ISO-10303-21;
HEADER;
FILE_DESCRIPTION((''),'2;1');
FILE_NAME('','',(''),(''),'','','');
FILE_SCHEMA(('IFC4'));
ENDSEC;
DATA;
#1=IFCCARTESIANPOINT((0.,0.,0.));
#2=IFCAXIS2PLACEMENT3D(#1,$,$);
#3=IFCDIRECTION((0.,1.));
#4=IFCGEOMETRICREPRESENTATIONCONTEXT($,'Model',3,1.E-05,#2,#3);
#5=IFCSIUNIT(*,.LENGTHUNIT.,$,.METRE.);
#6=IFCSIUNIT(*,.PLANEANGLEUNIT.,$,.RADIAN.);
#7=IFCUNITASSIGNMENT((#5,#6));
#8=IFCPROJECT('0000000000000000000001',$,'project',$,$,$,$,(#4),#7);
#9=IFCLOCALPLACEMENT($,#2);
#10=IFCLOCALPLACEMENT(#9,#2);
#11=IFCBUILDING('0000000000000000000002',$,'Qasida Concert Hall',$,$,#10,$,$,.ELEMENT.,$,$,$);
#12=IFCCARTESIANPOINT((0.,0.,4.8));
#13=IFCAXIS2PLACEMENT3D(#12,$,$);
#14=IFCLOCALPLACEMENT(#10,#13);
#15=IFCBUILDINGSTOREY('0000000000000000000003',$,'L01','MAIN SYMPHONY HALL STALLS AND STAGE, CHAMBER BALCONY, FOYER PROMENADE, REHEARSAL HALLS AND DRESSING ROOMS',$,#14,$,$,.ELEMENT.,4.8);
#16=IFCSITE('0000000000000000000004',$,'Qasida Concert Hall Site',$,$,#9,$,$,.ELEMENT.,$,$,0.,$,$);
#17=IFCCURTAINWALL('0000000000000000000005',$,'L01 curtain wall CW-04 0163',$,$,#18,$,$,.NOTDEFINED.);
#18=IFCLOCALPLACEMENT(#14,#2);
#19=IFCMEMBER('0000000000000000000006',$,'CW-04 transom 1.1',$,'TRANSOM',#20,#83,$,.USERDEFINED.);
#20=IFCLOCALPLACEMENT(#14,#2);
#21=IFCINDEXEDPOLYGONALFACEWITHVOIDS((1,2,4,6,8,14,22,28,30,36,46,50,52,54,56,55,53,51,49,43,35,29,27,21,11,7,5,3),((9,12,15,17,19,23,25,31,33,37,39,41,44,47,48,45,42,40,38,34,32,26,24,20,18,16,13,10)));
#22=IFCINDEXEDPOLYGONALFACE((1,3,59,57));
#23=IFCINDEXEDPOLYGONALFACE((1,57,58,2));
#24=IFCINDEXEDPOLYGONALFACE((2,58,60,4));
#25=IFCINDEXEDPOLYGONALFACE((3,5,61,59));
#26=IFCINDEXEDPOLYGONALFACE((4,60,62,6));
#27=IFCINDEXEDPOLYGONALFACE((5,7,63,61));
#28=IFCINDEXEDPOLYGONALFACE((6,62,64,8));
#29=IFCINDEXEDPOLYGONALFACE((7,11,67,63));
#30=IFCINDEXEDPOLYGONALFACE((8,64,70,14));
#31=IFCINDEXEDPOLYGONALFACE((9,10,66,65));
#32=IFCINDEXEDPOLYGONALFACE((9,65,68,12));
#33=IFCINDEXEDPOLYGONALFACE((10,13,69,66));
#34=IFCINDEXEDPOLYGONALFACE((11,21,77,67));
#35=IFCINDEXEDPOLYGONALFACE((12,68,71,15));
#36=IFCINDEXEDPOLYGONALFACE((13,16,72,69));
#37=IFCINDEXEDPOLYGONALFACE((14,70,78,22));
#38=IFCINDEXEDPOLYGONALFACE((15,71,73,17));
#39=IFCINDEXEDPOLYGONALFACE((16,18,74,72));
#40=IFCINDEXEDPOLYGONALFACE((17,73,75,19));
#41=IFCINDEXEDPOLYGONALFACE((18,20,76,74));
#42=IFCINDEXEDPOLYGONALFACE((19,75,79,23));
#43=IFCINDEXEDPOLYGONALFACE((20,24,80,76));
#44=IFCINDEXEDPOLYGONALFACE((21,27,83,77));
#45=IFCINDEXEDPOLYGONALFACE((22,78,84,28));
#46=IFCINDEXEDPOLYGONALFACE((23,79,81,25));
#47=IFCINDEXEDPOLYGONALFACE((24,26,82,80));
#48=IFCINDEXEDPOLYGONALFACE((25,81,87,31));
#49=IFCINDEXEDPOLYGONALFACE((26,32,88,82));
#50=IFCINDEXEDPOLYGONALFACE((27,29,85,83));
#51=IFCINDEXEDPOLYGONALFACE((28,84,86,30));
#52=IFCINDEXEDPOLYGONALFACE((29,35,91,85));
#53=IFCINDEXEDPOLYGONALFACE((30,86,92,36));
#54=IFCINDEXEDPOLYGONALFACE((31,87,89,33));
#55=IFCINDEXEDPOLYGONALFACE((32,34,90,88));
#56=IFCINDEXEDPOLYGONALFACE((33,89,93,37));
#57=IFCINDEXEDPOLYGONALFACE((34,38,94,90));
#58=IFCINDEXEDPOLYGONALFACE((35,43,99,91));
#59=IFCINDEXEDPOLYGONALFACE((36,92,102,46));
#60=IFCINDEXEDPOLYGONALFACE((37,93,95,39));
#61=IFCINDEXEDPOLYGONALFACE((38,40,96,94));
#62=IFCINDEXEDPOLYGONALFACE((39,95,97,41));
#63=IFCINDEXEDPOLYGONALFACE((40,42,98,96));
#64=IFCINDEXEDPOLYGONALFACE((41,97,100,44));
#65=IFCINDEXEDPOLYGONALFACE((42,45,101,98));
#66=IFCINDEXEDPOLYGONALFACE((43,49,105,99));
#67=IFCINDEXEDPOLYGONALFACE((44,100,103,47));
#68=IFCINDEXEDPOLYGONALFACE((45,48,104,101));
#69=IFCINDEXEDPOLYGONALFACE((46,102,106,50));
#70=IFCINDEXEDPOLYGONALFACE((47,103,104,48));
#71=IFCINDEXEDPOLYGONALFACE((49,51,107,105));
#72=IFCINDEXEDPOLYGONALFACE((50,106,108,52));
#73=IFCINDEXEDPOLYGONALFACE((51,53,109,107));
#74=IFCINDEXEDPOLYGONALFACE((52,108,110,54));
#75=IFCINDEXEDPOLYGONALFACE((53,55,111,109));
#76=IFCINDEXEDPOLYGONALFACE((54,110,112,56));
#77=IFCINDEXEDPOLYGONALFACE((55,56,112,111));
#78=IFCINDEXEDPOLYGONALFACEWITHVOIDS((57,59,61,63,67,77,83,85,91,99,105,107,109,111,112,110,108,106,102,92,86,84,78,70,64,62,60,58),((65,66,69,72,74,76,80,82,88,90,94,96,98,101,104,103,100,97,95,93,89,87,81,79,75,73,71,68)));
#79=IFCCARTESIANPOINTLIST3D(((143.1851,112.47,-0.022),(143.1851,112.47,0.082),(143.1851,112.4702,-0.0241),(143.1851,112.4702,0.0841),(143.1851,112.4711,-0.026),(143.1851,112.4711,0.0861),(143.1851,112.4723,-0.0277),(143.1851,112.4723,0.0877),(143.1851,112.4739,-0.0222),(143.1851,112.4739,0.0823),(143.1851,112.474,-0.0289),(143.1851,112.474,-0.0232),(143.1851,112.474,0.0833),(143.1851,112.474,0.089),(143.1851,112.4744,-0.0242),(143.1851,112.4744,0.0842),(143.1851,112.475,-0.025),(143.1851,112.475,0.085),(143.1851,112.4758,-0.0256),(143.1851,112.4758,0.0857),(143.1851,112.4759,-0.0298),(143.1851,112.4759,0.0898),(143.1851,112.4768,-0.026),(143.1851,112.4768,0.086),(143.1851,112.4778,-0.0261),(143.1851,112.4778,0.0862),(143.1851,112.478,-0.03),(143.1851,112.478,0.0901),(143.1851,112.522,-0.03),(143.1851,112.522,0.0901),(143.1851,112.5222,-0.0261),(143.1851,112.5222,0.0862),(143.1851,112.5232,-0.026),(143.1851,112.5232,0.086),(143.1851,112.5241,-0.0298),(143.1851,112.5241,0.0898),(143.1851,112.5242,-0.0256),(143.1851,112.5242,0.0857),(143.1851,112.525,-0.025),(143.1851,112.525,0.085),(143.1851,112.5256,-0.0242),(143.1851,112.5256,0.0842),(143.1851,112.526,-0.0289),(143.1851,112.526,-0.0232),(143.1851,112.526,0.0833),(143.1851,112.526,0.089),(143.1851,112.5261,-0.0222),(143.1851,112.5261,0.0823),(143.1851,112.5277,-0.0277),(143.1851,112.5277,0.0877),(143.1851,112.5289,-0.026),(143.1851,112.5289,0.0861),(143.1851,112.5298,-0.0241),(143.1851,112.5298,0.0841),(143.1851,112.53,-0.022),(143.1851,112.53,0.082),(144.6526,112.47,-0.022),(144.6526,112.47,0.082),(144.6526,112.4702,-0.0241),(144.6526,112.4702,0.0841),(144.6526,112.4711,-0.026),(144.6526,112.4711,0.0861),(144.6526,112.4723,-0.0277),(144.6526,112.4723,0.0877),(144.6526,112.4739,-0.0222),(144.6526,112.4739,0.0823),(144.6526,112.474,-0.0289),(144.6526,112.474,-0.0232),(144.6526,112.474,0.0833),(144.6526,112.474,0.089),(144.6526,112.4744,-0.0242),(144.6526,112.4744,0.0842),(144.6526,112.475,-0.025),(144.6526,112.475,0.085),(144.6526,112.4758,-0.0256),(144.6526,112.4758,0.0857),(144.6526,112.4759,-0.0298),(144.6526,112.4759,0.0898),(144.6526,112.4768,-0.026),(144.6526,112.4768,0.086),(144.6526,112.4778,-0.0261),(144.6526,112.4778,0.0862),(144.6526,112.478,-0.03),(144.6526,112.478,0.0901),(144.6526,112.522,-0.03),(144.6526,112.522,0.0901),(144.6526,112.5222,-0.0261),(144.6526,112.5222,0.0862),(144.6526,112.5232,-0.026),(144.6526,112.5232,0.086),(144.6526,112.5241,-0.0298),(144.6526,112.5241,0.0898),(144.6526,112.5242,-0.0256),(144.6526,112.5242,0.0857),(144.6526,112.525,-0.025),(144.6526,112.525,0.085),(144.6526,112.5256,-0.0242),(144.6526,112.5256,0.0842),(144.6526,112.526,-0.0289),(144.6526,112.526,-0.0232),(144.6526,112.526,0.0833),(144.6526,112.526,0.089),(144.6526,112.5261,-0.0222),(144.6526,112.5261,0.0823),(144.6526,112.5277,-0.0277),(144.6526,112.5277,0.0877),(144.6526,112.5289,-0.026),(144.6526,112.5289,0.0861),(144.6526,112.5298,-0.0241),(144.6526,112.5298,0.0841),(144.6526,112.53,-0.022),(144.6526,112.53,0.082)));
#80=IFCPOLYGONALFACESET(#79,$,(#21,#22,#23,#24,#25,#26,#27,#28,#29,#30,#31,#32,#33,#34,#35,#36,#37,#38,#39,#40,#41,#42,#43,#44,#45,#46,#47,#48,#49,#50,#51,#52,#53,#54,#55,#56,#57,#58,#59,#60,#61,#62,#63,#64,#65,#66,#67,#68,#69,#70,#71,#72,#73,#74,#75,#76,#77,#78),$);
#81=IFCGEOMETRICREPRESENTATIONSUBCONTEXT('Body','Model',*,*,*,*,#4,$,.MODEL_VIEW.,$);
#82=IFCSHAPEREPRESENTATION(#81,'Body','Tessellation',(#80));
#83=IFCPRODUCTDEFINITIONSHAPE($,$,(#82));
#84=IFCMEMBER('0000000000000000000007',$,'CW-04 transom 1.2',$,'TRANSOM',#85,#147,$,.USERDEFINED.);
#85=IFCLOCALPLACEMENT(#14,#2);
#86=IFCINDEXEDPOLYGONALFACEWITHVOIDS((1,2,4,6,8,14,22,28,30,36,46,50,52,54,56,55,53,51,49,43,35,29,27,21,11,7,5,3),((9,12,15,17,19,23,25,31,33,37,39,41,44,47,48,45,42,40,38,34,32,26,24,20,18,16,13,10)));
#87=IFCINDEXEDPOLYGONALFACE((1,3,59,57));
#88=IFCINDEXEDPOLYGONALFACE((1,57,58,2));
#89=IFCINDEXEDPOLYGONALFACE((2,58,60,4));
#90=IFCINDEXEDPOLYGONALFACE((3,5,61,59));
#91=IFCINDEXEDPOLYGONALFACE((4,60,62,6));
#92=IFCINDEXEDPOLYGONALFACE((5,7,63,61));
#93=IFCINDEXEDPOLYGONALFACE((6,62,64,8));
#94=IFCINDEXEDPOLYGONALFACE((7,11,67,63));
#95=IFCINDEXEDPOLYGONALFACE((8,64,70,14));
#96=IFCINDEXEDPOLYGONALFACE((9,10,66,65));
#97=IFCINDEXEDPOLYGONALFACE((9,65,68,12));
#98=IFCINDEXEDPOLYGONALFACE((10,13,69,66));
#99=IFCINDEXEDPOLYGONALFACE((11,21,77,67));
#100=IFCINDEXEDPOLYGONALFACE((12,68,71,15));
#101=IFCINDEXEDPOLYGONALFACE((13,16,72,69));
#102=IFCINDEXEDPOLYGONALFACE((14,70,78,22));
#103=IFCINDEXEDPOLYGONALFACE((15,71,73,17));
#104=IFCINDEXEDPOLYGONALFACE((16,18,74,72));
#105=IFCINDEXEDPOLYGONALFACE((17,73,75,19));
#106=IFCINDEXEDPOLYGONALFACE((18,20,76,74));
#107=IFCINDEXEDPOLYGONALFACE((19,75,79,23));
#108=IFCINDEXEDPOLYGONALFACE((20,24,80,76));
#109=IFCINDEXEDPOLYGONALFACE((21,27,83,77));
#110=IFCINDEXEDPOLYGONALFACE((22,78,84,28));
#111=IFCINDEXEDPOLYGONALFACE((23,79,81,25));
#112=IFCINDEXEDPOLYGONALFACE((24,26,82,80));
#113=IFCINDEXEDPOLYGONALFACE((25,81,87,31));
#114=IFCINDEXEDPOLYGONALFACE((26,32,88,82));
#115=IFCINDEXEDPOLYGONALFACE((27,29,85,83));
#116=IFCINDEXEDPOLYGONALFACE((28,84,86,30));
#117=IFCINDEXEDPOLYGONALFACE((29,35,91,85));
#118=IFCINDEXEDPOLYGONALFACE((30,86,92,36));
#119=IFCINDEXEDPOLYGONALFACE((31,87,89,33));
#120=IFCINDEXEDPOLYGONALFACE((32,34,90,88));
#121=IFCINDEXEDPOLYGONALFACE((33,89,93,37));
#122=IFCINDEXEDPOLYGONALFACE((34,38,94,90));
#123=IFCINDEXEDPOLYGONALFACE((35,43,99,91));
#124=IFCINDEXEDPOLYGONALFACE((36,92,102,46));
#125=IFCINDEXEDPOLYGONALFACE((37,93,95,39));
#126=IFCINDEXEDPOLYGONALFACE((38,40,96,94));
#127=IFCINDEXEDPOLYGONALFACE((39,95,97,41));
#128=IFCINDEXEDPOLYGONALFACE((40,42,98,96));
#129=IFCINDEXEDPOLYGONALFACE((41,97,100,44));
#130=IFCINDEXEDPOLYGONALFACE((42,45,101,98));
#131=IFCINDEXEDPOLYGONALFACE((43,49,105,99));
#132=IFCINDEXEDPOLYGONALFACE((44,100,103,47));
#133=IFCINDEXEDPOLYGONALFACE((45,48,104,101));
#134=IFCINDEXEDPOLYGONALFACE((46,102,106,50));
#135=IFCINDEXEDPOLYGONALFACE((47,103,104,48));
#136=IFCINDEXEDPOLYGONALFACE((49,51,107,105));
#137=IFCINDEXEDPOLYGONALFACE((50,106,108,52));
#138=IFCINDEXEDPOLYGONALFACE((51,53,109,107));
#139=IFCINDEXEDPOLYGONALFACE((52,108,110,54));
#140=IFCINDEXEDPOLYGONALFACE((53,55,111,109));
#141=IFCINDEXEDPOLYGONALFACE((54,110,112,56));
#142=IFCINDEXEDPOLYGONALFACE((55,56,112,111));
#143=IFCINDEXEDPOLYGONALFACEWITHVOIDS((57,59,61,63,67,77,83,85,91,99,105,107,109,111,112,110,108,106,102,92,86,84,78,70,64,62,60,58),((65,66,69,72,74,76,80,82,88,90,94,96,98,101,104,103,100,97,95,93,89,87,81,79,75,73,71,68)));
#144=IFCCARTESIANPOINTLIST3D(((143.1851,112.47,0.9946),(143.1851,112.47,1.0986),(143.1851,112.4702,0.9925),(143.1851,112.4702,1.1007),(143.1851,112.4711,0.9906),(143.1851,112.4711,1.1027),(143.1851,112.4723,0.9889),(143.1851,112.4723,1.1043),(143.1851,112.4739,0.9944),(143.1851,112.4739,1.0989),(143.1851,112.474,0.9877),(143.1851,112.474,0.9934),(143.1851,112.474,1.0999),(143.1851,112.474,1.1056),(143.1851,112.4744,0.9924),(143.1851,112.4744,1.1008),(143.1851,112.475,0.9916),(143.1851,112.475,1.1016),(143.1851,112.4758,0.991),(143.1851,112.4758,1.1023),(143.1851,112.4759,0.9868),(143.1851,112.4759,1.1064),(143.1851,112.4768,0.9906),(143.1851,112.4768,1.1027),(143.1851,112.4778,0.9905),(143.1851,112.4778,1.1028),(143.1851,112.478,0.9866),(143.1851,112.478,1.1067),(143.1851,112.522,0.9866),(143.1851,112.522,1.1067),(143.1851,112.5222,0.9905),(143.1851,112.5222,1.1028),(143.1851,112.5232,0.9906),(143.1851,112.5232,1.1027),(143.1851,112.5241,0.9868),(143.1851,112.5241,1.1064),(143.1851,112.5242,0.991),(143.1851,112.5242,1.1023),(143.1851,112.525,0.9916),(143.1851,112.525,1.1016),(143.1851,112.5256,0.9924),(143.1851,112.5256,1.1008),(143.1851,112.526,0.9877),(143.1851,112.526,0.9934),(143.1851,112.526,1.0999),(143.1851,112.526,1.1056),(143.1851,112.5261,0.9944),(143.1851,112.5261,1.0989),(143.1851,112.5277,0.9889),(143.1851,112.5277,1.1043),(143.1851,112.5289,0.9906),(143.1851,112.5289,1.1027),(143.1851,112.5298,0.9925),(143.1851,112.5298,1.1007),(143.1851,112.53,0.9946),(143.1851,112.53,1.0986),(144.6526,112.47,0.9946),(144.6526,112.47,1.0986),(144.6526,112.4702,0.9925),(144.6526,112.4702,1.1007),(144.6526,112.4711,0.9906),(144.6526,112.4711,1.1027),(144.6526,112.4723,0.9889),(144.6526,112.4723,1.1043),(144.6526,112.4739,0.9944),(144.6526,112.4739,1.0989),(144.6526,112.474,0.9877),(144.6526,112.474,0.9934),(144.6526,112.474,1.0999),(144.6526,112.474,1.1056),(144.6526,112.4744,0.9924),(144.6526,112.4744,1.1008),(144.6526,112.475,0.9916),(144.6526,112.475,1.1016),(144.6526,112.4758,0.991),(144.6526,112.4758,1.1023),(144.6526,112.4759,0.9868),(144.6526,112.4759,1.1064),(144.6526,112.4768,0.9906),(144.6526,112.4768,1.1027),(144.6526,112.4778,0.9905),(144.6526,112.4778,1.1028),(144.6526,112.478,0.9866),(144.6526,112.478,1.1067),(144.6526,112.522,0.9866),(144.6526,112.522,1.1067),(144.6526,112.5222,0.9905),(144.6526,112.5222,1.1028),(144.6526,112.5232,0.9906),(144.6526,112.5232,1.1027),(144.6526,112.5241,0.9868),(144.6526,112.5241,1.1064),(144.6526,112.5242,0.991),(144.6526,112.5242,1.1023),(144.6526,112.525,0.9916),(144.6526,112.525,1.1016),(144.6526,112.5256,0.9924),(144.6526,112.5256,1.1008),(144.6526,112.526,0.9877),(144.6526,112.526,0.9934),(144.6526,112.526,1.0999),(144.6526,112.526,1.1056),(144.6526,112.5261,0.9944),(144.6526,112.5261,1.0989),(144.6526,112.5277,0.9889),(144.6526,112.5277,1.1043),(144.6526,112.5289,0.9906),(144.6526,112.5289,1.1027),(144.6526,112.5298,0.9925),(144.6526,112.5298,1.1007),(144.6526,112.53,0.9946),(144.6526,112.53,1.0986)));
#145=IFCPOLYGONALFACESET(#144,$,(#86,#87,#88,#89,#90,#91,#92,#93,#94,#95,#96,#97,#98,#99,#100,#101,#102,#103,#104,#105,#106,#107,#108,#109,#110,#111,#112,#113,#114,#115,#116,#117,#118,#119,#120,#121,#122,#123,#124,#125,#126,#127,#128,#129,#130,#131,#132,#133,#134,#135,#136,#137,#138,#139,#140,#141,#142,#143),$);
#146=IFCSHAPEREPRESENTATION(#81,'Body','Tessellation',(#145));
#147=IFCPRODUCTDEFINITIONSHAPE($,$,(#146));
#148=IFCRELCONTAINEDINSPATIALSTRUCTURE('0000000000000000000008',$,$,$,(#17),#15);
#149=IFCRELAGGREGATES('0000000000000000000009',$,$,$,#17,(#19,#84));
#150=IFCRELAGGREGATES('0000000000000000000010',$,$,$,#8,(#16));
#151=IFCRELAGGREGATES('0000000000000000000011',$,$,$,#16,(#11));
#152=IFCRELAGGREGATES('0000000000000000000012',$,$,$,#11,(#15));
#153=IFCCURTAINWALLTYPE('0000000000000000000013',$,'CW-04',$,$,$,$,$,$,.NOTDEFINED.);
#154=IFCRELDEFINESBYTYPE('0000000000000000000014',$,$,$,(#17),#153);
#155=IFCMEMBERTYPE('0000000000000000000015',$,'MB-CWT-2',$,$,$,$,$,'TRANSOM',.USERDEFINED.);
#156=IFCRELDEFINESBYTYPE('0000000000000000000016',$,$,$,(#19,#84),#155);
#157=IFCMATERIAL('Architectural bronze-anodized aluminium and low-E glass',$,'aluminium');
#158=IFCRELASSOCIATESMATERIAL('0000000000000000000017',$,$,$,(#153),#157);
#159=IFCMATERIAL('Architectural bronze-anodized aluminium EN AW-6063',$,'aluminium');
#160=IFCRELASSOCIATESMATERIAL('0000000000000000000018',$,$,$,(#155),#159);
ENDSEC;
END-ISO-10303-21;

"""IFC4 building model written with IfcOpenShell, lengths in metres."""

from ifc_helpers import new_model, si_unit, direction, frame, origin, origin_2d, place, context, subcontext, project, spatial, hollow_rectangle, extrude, material, material_profile, profile_set, type_object, element, aggregate, save


model = new_model("IFC4")

# Units and contexts
model_context = context("Model", 3, precision=1e-05, world=origin(), true_north=direction((0.0, 1.0)))
body_context = subcontext(model_context, "Body", "Model", "MODEL_VIEW")
ifc_project = project(units=[si_unit("LENGTHUNIT", "METRE"), si_unit("PLANEANGLEUNIT", "RADIAN")], contexts=[model_context])

# Site, building, storey
site_placement = place(None, origin())
site = spatial("IfcSite", under=ifc_project, at=site_placement, Name="Qasida Concert Hall Site", CompositionType="ELEMENT", RefElevation=0.0)
building_placement = place(site_placement, origin())
building = spatial("IfcBuilding", under=site, at=building_placement, Name="Qasida Concert Hall", CompositionType="ELEMENT")
storey_placement = place(building_placement, frame((0.0, 0.0, 4.8)))
storey = spatial("IfcBuildingStorey", under=building, at=storey_placement, Name="L01", Description="MAIN SYMPHONY HALL STALLS AND STAGE, CHAMBER BALCONY, FOYER PROMENADE, REHEARSAL HALLS AND DRESSING ROOMS", CompositionType="ELEMENT", Elevation=4.8)

# Curtain wall, members
ifc_material_1 = material(Name="Architectural bronze-anodized aluminium and low-E glass", Category="aluminium")
curtain_wall_type = type_object("IfcCurtainWallType", Name="CW-04", PredefinedType="NOTDEFINED", material=ifc_material_1)
curtain_wall_placement = place(storey_placement, origin())
curtain_wall = element("IfcCurtainWall", 1, at=curtain_wall_placement, inside=storey, type_object=curtain_wall_type, Name="L01 curtain wall CW-04 0163", PredefinedType="NOTDEFINED")
ifc_material_2 = material(Name="Architectural bronze-anodized aluminium EN AW-6063", Category="aluminium")
ifc_material_profile_1 = material_profile(ifc_material_2, hollow_rectangle(XDim=0.0601, YDim=0.1201, WallThickness=0.0039, InnerFilletRadius=0.0039, OuterFilletRadius=0.0081, at=origin_2d()), Name="CWT 120x60x4")
ifc_profile_set_1 = profile_set([ifc_material_profile_1], Name="Architectural bronze-anodized aluminium EN AW-6063")
member_type_1 = type_object("IfcMemberType", Name="MB-CWT-2", ElementType="TRANSOM", PredefinedType="USERDEFINED", material=ifc_profile_set_1)
member_1_placement = place(storey_placement, frame((143.1851, 112.5, 0.03), z_axis=(1.0, 0.0, 0.0), x_axis=(0.0, 1.0, 0.0)))
member_1 = element("IfcMember", 2, at=member_1_placement, type_object=member_type_1, Name="CW-04 transom 1.1", ObjectType="TRANSOM", PredefinedType="USERDEFINED", context=body_context, shape_type="SweptSolid", body=[
    extrude(hollow_rectangle(XDim=0.0601, YDim=0.1201, WallThickness=0.0039, InnerFilletRadius=0.0039, OuterFilletRadius=0.0081, at=origin_2d()), origin(), (0.0, 0.0, 1.0), 1.4675),
])
member_2_placement = place(storey_placement, frame((143.1851, 112.5, 1.0466), z_axis=(1.0, 0.0, 0.0), x_axis=(0.0, 1.0, 0.0)))
member_2 = element("IfcMember", 3, at=member_2_placement, type_object=member_type_1, Name="CW-04 transom 1.2", ObjectType="TRANSOM", PredefinedType="USERDEFINED", context=body_context, shape_type="SweptSolid", body=[
    extrude(hollow_rectangle(XDim=0.0601, YDim=0.1201, WallThickness=0.0039, InnerFilletRadius=0.0039, OuterFilletRadius=0.0081, at=origin_2d()), origin(), (0.0, 0.0, 1.0), 1.4675),
])
aggregate(curtain_wall, [member_1, member_2])

save(model, "model.ifc")
